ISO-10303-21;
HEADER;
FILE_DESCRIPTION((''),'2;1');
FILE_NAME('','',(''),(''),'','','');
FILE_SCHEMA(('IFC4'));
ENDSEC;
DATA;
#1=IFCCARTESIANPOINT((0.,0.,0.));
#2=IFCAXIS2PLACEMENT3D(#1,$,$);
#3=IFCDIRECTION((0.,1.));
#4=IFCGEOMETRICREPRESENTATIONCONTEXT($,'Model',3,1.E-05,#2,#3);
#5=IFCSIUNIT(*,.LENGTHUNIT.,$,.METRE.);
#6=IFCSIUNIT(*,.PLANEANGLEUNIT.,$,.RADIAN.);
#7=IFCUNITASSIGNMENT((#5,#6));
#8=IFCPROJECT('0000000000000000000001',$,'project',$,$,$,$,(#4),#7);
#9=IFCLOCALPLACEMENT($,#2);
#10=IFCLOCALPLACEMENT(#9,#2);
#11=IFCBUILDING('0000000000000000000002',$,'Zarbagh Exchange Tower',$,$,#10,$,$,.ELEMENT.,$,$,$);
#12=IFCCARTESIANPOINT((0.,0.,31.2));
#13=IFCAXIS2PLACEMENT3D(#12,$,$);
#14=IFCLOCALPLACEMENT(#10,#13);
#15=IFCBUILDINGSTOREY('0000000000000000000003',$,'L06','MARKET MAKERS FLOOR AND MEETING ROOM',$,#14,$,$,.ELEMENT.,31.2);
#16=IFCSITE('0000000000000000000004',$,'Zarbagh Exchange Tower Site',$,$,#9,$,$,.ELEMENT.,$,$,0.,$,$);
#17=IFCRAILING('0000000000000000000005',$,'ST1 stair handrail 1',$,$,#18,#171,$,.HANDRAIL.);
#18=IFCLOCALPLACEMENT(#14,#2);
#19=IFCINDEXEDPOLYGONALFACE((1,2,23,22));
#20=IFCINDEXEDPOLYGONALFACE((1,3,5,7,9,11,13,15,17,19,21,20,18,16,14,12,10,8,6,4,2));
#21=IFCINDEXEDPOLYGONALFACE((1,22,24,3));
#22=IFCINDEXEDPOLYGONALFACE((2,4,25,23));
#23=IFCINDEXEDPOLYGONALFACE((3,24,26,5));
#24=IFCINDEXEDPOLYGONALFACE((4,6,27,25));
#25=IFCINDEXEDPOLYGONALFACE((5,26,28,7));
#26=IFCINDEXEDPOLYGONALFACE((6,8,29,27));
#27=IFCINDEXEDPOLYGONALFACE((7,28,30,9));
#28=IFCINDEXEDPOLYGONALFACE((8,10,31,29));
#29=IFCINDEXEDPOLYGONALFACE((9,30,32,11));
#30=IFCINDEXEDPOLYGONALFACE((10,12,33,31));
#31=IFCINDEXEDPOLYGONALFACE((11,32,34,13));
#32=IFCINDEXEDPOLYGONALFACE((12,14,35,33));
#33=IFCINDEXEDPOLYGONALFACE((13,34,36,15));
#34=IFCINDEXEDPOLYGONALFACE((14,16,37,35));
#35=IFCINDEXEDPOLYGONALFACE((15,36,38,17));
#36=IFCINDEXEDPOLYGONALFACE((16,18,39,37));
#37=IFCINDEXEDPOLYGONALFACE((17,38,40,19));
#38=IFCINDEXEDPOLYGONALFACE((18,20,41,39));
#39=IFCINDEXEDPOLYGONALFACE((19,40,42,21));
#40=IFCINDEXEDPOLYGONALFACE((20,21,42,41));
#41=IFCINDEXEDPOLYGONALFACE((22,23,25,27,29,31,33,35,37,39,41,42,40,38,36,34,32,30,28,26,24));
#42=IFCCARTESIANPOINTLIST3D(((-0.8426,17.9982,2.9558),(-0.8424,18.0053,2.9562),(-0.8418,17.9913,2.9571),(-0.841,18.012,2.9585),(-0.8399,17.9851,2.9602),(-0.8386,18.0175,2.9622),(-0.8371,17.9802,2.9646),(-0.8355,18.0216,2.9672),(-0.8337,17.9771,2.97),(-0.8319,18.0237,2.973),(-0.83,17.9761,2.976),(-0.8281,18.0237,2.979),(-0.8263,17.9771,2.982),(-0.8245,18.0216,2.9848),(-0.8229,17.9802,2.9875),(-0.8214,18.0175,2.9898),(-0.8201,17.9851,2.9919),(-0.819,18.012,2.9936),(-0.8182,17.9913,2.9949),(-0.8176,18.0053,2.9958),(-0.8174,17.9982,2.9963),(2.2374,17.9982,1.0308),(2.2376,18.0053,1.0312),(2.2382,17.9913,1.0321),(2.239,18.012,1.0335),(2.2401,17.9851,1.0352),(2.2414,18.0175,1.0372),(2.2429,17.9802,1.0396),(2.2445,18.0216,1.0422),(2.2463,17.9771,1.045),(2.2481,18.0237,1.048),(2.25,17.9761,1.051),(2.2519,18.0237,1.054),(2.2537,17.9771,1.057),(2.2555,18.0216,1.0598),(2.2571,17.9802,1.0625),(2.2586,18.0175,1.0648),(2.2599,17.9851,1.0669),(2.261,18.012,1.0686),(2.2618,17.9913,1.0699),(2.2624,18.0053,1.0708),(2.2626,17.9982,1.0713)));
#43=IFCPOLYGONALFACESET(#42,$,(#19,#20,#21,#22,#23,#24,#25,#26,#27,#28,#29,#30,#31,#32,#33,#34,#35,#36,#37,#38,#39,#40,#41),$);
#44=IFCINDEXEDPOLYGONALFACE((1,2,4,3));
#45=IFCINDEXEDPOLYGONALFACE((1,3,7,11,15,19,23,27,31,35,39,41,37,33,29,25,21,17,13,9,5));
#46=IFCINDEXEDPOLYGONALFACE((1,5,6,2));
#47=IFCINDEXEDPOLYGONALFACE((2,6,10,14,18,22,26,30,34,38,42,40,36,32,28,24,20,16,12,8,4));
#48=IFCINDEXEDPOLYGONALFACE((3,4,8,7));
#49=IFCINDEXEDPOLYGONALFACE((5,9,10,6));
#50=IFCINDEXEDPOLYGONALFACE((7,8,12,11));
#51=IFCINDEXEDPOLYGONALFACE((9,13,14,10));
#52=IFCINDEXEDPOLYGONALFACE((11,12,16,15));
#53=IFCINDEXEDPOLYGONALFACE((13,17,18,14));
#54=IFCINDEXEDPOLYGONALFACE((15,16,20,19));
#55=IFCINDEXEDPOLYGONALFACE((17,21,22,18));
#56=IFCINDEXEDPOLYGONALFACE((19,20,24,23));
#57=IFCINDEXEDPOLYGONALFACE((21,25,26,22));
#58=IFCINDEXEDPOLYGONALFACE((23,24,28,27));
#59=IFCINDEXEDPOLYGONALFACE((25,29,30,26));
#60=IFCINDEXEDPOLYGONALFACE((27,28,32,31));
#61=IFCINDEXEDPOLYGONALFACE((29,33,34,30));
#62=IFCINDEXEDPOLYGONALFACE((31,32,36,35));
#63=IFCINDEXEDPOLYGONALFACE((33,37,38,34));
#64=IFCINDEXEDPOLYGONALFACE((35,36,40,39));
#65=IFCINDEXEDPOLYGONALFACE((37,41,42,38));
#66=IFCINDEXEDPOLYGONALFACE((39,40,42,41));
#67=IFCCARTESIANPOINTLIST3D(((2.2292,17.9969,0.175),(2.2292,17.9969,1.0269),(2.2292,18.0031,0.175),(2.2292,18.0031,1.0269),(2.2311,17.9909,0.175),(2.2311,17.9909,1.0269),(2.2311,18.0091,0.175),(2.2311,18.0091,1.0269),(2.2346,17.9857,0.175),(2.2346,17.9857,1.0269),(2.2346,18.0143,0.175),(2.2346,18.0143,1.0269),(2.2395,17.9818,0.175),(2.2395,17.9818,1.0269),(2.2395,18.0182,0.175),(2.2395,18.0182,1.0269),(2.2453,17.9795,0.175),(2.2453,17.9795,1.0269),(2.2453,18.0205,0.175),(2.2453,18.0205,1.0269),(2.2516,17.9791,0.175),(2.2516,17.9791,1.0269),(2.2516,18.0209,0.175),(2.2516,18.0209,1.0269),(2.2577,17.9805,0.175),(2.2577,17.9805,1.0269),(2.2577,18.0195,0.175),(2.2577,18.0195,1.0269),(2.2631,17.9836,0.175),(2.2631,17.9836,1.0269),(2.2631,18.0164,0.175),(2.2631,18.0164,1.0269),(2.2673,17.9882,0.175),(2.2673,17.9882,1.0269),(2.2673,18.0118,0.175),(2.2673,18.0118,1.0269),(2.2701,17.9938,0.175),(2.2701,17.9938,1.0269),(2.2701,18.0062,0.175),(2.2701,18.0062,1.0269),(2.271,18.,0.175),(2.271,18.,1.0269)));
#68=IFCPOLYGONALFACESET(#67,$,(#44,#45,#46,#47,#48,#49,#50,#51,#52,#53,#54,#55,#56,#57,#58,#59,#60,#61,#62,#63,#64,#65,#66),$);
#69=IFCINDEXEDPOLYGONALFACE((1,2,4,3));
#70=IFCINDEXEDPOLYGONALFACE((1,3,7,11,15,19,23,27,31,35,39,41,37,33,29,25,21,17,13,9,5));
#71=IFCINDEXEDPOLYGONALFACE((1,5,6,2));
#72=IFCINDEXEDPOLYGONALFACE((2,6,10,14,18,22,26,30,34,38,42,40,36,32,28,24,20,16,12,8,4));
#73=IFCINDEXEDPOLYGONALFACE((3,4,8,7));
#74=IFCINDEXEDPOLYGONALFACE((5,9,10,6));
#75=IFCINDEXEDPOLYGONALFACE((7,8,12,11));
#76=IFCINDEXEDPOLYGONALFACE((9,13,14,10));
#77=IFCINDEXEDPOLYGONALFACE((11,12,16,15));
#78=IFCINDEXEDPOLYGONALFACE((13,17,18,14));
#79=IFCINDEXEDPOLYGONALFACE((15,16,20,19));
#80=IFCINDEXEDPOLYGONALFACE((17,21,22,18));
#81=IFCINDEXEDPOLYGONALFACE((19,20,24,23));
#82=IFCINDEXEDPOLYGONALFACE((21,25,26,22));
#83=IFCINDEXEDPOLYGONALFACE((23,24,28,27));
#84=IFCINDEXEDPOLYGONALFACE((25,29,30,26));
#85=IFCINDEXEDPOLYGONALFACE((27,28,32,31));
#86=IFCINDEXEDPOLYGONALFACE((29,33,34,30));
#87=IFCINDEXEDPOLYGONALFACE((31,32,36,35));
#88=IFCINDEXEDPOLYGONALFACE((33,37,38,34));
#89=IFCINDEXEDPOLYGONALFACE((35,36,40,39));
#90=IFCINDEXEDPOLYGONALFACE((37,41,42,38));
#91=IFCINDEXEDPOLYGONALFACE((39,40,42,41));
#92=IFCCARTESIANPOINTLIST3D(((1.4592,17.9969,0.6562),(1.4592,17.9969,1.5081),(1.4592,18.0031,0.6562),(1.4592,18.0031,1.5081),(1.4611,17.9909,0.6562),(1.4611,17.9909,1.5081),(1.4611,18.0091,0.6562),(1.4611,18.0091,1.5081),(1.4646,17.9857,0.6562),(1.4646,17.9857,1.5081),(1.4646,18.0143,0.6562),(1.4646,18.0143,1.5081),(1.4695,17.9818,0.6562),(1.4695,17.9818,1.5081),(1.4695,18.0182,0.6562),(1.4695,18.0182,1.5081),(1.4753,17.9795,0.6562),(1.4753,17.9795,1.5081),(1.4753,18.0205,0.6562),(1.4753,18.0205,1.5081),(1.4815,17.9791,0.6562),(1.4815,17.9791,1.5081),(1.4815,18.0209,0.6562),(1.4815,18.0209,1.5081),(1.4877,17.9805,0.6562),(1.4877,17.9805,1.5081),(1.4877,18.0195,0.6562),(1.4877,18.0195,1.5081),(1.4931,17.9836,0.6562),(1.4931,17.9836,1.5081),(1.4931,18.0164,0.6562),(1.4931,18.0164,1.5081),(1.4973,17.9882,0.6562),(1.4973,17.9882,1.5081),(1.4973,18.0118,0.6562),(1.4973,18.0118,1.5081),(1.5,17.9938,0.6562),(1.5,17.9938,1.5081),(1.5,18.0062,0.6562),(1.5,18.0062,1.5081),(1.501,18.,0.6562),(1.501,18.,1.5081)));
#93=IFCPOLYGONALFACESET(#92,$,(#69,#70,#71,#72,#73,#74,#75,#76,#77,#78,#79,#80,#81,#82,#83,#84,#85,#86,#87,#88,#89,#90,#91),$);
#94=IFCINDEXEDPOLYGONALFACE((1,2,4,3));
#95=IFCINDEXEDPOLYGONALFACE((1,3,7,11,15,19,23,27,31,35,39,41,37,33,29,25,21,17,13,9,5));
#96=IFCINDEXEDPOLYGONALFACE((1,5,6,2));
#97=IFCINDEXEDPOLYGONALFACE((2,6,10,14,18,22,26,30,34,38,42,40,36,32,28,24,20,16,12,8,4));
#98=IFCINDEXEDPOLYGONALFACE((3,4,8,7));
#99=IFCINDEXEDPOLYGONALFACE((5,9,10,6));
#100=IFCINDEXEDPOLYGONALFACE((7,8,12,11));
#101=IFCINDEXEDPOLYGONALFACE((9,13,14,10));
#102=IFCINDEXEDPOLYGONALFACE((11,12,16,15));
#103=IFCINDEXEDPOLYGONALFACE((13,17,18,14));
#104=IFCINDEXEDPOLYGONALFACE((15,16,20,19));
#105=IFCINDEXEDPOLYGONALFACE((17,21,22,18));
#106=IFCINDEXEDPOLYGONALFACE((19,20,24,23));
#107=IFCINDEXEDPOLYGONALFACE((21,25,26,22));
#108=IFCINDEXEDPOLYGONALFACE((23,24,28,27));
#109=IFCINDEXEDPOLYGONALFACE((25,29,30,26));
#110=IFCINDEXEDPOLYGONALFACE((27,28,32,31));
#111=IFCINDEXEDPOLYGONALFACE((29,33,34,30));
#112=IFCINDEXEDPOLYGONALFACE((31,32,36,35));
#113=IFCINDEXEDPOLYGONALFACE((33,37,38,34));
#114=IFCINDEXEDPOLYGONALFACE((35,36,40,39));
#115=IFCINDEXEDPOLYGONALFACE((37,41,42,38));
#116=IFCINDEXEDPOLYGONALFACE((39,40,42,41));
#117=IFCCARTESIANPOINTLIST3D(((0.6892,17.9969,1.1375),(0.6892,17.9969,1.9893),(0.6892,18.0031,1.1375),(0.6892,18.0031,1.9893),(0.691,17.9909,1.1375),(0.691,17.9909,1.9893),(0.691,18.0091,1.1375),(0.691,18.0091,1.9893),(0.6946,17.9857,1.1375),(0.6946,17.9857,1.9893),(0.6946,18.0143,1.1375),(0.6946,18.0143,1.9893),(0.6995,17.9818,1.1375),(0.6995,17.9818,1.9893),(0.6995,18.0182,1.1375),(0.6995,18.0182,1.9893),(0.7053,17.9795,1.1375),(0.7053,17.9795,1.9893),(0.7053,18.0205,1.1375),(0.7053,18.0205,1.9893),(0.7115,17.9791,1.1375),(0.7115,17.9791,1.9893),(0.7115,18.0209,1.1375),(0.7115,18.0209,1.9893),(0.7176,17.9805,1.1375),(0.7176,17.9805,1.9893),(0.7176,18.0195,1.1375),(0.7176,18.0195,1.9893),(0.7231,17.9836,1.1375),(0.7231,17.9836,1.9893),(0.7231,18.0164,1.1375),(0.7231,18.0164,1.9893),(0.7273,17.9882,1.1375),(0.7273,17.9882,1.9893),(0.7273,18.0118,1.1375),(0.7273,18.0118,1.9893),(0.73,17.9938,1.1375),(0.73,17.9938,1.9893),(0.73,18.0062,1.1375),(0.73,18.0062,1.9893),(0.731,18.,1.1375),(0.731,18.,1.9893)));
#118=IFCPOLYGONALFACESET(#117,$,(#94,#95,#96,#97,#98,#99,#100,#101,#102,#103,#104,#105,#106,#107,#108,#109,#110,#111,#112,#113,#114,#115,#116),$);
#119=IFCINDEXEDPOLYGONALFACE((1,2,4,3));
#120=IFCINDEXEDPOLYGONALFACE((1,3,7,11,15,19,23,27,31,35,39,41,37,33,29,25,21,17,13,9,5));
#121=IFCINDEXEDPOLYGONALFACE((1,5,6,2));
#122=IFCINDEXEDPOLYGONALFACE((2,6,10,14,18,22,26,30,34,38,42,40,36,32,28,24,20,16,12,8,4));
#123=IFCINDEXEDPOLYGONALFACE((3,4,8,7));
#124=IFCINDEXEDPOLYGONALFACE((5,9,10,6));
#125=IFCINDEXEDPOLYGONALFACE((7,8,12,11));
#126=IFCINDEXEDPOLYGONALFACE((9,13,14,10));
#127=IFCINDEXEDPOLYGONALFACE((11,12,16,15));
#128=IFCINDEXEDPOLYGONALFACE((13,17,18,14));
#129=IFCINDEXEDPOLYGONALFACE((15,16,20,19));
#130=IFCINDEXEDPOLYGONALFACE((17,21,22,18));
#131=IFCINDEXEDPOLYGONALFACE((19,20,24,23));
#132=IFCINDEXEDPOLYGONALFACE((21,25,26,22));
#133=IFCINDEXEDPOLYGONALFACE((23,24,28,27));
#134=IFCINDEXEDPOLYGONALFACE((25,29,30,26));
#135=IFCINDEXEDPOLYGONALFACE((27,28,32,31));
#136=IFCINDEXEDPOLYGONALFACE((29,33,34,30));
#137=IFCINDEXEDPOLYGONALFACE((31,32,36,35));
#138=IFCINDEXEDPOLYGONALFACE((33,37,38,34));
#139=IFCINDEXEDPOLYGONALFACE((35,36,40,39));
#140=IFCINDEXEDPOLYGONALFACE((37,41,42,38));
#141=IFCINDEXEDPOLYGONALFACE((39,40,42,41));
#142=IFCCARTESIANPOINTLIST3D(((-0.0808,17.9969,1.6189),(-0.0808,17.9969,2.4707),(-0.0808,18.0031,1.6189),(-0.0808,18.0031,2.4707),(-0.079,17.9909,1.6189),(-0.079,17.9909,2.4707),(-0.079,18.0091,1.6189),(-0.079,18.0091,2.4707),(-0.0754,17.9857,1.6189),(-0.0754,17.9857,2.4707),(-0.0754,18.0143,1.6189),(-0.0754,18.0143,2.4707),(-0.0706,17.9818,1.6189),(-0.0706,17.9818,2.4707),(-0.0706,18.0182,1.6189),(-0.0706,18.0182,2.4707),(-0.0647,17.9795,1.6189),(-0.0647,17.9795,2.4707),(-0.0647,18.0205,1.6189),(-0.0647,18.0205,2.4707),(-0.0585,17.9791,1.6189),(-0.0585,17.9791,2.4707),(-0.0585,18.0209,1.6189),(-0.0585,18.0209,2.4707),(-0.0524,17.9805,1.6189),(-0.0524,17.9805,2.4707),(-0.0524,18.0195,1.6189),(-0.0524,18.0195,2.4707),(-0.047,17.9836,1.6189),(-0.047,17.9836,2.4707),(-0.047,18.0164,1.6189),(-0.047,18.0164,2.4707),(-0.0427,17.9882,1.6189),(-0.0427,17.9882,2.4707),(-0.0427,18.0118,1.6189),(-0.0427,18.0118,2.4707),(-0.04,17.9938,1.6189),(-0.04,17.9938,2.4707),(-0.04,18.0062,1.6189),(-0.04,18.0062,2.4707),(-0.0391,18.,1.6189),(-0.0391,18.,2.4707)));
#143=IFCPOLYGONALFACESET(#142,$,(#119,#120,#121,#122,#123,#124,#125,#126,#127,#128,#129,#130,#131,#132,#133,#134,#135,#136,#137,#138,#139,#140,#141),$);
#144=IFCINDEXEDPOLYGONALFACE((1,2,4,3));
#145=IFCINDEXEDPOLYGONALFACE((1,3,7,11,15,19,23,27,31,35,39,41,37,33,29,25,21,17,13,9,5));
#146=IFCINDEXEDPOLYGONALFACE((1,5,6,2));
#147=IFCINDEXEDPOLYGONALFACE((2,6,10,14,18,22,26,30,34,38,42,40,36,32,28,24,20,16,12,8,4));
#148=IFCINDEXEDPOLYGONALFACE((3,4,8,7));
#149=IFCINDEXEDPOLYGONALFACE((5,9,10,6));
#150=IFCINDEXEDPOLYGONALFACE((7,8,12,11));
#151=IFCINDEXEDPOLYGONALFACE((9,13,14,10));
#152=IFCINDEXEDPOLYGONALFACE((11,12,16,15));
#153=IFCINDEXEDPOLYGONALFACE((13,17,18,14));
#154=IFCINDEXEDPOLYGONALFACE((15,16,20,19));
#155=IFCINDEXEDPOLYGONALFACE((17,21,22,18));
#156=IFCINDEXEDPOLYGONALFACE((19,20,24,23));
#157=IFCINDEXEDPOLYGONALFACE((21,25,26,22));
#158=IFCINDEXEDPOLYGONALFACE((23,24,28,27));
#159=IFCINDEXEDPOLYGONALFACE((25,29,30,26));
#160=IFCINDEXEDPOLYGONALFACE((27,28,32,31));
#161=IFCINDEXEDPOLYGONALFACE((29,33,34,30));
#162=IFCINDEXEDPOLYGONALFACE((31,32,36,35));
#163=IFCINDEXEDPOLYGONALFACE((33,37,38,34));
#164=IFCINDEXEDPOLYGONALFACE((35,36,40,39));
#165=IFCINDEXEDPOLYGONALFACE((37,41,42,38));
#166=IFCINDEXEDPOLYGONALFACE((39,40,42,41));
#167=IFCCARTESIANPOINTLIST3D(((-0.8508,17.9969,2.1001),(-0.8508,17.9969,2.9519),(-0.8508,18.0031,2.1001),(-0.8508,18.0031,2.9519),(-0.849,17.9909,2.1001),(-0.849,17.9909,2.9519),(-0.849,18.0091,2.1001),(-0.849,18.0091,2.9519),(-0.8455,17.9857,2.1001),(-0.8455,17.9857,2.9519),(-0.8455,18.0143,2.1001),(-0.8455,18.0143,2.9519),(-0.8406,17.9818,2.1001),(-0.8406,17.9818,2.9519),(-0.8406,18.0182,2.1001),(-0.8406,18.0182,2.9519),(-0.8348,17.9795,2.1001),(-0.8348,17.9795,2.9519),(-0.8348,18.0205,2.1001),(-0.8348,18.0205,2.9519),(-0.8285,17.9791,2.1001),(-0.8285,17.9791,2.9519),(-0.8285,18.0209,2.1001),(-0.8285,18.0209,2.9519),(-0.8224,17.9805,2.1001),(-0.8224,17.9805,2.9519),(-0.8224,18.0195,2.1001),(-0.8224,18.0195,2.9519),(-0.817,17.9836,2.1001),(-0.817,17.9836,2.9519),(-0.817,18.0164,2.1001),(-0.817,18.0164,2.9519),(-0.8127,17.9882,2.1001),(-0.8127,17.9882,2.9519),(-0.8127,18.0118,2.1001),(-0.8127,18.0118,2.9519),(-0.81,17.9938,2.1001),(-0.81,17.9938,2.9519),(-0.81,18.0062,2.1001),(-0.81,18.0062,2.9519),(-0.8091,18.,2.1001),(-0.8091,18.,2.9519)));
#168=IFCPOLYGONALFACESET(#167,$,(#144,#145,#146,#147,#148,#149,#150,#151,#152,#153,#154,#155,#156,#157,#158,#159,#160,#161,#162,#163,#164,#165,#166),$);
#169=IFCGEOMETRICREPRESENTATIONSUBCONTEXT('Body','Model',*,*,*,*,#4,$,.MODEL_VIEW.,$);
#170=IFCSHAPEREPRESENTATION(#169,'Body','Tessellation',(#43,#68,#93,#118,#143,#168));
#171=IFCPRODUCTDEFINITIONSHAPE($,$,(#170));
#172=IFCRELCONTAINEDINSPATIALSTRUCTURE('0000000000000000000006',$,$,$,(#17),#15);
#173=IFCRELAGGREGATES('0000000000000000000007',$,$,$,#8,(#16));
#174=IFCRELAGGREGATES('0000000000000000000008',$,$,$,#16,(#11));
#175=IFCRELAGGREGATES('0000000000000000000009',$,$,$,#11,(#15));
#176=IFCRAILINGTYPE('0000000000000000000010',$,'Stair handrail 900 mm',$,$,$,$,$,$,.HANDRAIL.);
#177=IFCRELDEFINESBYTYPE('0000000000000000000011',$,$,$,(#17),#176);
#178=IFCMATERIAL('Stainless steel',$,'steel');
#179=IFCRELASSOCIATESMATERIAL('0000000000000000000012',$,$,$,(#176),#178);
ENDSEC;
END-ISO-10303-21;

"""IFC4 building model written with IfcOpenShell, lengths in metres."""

from ifc_helpers import new_model, si_unit, direction, frame, origin, origin_2d, place, context, subcontext, project, spatial, circle, extrude, material, type_object, element, save


model = new_model("IFC4")

# Units and contexts
model_context = context("Model", 3, precision=1e-05, world=origin(), true_north=direction((0.0, 1.0)))
body_context = subcontext(model_context, "Body", "Model", "MODEL_VIEW")
ifc_project = project(units=[si_unit("LENGTHUNIT", "METRE"), si_unit("PLANEANGLEUNIT", "RADIAN")], contexts=[model_context])

# Site, building, storey
site_placement = place(None, origin())
site = spatial("IfcSite", under=ifc_project, at=site_placement, Name="Zarbagh Exchange Tower Site", CompositionType="ELEMENT", RefElevation=0.0)
building_placement = place(site_placement, origin())
building = spatial("IfcBuilding", under=site, at=building_placement, Name="Zarbagh Exchange Tower", CompositionType="ELEMENT")
storey_placement = place(building_placement, frame((0.0, 0.0, 31.2)))
storey = spatial("IfcBuildingStorey", under=building, at=storey_placement, Name="L06", Description="MARKET MAKERS FLOOR AND MEETING ROOM", CompositionType="ELEMENT", Elevation=31.2)

# Shared definitions
ifc_material_1 = material(Name="Stainless steel", Category="steel")

# Railing
railing_type = type_object("IfcRailingType", Name="Stair handrail 900 mm", PredefinedType="HANDRAIL", material=ifc_material_1)
railing_placement = place(storey_placement, frame((2.25, 18.0, 0.175)))
element("IfcRailing", 1, at=railing_placement, inside=storey, type_object=railing_type, Name="ST1 stair handrail 1", PredefinedType="HANDRAIL", context=body_context, shape_type="SweptSolid", body=[
    extrude(circle(Radius=0.0239, at=origin_2d()), frame((0.0, 0.0, 0.876), z_axis=(-0.847998, 0.0, 0.529999), x_axis=(0.0, -1.0, 0.0)), (0.0, 0.0, 1.0), 3.6321),
    extrude(circle(Radius=0.021, at=origin_2d()), origin(), (0.0, 0.0, 1.0), 0.8518),
    extrude(circle(Radius=0.021, at=origin_2d()), frame((-0.77, 0.0, 0.4812)), (0.0, 0.0, 1.0), 0.8518),
    extrude(circle(Radius=0.021, at=origin_2d()), frame((-1.54, 0.0, 0.9624)), (0.0, 0.0, 1.0), 0.8518),
    extrude(circle(Radius=0.021, at=origin_2d()), frame((-2.3101, 0.0, 1.4438)), (0.0, 0.0, 1.0), 0.8518),
    extrude(circle(Radius=0.021, at=origin_2d()), frame((-3.0801, 0.0, 1.925)), (0.0, 0.0, 1.0), 0.8518),
])

save(model, "model.ifc")
